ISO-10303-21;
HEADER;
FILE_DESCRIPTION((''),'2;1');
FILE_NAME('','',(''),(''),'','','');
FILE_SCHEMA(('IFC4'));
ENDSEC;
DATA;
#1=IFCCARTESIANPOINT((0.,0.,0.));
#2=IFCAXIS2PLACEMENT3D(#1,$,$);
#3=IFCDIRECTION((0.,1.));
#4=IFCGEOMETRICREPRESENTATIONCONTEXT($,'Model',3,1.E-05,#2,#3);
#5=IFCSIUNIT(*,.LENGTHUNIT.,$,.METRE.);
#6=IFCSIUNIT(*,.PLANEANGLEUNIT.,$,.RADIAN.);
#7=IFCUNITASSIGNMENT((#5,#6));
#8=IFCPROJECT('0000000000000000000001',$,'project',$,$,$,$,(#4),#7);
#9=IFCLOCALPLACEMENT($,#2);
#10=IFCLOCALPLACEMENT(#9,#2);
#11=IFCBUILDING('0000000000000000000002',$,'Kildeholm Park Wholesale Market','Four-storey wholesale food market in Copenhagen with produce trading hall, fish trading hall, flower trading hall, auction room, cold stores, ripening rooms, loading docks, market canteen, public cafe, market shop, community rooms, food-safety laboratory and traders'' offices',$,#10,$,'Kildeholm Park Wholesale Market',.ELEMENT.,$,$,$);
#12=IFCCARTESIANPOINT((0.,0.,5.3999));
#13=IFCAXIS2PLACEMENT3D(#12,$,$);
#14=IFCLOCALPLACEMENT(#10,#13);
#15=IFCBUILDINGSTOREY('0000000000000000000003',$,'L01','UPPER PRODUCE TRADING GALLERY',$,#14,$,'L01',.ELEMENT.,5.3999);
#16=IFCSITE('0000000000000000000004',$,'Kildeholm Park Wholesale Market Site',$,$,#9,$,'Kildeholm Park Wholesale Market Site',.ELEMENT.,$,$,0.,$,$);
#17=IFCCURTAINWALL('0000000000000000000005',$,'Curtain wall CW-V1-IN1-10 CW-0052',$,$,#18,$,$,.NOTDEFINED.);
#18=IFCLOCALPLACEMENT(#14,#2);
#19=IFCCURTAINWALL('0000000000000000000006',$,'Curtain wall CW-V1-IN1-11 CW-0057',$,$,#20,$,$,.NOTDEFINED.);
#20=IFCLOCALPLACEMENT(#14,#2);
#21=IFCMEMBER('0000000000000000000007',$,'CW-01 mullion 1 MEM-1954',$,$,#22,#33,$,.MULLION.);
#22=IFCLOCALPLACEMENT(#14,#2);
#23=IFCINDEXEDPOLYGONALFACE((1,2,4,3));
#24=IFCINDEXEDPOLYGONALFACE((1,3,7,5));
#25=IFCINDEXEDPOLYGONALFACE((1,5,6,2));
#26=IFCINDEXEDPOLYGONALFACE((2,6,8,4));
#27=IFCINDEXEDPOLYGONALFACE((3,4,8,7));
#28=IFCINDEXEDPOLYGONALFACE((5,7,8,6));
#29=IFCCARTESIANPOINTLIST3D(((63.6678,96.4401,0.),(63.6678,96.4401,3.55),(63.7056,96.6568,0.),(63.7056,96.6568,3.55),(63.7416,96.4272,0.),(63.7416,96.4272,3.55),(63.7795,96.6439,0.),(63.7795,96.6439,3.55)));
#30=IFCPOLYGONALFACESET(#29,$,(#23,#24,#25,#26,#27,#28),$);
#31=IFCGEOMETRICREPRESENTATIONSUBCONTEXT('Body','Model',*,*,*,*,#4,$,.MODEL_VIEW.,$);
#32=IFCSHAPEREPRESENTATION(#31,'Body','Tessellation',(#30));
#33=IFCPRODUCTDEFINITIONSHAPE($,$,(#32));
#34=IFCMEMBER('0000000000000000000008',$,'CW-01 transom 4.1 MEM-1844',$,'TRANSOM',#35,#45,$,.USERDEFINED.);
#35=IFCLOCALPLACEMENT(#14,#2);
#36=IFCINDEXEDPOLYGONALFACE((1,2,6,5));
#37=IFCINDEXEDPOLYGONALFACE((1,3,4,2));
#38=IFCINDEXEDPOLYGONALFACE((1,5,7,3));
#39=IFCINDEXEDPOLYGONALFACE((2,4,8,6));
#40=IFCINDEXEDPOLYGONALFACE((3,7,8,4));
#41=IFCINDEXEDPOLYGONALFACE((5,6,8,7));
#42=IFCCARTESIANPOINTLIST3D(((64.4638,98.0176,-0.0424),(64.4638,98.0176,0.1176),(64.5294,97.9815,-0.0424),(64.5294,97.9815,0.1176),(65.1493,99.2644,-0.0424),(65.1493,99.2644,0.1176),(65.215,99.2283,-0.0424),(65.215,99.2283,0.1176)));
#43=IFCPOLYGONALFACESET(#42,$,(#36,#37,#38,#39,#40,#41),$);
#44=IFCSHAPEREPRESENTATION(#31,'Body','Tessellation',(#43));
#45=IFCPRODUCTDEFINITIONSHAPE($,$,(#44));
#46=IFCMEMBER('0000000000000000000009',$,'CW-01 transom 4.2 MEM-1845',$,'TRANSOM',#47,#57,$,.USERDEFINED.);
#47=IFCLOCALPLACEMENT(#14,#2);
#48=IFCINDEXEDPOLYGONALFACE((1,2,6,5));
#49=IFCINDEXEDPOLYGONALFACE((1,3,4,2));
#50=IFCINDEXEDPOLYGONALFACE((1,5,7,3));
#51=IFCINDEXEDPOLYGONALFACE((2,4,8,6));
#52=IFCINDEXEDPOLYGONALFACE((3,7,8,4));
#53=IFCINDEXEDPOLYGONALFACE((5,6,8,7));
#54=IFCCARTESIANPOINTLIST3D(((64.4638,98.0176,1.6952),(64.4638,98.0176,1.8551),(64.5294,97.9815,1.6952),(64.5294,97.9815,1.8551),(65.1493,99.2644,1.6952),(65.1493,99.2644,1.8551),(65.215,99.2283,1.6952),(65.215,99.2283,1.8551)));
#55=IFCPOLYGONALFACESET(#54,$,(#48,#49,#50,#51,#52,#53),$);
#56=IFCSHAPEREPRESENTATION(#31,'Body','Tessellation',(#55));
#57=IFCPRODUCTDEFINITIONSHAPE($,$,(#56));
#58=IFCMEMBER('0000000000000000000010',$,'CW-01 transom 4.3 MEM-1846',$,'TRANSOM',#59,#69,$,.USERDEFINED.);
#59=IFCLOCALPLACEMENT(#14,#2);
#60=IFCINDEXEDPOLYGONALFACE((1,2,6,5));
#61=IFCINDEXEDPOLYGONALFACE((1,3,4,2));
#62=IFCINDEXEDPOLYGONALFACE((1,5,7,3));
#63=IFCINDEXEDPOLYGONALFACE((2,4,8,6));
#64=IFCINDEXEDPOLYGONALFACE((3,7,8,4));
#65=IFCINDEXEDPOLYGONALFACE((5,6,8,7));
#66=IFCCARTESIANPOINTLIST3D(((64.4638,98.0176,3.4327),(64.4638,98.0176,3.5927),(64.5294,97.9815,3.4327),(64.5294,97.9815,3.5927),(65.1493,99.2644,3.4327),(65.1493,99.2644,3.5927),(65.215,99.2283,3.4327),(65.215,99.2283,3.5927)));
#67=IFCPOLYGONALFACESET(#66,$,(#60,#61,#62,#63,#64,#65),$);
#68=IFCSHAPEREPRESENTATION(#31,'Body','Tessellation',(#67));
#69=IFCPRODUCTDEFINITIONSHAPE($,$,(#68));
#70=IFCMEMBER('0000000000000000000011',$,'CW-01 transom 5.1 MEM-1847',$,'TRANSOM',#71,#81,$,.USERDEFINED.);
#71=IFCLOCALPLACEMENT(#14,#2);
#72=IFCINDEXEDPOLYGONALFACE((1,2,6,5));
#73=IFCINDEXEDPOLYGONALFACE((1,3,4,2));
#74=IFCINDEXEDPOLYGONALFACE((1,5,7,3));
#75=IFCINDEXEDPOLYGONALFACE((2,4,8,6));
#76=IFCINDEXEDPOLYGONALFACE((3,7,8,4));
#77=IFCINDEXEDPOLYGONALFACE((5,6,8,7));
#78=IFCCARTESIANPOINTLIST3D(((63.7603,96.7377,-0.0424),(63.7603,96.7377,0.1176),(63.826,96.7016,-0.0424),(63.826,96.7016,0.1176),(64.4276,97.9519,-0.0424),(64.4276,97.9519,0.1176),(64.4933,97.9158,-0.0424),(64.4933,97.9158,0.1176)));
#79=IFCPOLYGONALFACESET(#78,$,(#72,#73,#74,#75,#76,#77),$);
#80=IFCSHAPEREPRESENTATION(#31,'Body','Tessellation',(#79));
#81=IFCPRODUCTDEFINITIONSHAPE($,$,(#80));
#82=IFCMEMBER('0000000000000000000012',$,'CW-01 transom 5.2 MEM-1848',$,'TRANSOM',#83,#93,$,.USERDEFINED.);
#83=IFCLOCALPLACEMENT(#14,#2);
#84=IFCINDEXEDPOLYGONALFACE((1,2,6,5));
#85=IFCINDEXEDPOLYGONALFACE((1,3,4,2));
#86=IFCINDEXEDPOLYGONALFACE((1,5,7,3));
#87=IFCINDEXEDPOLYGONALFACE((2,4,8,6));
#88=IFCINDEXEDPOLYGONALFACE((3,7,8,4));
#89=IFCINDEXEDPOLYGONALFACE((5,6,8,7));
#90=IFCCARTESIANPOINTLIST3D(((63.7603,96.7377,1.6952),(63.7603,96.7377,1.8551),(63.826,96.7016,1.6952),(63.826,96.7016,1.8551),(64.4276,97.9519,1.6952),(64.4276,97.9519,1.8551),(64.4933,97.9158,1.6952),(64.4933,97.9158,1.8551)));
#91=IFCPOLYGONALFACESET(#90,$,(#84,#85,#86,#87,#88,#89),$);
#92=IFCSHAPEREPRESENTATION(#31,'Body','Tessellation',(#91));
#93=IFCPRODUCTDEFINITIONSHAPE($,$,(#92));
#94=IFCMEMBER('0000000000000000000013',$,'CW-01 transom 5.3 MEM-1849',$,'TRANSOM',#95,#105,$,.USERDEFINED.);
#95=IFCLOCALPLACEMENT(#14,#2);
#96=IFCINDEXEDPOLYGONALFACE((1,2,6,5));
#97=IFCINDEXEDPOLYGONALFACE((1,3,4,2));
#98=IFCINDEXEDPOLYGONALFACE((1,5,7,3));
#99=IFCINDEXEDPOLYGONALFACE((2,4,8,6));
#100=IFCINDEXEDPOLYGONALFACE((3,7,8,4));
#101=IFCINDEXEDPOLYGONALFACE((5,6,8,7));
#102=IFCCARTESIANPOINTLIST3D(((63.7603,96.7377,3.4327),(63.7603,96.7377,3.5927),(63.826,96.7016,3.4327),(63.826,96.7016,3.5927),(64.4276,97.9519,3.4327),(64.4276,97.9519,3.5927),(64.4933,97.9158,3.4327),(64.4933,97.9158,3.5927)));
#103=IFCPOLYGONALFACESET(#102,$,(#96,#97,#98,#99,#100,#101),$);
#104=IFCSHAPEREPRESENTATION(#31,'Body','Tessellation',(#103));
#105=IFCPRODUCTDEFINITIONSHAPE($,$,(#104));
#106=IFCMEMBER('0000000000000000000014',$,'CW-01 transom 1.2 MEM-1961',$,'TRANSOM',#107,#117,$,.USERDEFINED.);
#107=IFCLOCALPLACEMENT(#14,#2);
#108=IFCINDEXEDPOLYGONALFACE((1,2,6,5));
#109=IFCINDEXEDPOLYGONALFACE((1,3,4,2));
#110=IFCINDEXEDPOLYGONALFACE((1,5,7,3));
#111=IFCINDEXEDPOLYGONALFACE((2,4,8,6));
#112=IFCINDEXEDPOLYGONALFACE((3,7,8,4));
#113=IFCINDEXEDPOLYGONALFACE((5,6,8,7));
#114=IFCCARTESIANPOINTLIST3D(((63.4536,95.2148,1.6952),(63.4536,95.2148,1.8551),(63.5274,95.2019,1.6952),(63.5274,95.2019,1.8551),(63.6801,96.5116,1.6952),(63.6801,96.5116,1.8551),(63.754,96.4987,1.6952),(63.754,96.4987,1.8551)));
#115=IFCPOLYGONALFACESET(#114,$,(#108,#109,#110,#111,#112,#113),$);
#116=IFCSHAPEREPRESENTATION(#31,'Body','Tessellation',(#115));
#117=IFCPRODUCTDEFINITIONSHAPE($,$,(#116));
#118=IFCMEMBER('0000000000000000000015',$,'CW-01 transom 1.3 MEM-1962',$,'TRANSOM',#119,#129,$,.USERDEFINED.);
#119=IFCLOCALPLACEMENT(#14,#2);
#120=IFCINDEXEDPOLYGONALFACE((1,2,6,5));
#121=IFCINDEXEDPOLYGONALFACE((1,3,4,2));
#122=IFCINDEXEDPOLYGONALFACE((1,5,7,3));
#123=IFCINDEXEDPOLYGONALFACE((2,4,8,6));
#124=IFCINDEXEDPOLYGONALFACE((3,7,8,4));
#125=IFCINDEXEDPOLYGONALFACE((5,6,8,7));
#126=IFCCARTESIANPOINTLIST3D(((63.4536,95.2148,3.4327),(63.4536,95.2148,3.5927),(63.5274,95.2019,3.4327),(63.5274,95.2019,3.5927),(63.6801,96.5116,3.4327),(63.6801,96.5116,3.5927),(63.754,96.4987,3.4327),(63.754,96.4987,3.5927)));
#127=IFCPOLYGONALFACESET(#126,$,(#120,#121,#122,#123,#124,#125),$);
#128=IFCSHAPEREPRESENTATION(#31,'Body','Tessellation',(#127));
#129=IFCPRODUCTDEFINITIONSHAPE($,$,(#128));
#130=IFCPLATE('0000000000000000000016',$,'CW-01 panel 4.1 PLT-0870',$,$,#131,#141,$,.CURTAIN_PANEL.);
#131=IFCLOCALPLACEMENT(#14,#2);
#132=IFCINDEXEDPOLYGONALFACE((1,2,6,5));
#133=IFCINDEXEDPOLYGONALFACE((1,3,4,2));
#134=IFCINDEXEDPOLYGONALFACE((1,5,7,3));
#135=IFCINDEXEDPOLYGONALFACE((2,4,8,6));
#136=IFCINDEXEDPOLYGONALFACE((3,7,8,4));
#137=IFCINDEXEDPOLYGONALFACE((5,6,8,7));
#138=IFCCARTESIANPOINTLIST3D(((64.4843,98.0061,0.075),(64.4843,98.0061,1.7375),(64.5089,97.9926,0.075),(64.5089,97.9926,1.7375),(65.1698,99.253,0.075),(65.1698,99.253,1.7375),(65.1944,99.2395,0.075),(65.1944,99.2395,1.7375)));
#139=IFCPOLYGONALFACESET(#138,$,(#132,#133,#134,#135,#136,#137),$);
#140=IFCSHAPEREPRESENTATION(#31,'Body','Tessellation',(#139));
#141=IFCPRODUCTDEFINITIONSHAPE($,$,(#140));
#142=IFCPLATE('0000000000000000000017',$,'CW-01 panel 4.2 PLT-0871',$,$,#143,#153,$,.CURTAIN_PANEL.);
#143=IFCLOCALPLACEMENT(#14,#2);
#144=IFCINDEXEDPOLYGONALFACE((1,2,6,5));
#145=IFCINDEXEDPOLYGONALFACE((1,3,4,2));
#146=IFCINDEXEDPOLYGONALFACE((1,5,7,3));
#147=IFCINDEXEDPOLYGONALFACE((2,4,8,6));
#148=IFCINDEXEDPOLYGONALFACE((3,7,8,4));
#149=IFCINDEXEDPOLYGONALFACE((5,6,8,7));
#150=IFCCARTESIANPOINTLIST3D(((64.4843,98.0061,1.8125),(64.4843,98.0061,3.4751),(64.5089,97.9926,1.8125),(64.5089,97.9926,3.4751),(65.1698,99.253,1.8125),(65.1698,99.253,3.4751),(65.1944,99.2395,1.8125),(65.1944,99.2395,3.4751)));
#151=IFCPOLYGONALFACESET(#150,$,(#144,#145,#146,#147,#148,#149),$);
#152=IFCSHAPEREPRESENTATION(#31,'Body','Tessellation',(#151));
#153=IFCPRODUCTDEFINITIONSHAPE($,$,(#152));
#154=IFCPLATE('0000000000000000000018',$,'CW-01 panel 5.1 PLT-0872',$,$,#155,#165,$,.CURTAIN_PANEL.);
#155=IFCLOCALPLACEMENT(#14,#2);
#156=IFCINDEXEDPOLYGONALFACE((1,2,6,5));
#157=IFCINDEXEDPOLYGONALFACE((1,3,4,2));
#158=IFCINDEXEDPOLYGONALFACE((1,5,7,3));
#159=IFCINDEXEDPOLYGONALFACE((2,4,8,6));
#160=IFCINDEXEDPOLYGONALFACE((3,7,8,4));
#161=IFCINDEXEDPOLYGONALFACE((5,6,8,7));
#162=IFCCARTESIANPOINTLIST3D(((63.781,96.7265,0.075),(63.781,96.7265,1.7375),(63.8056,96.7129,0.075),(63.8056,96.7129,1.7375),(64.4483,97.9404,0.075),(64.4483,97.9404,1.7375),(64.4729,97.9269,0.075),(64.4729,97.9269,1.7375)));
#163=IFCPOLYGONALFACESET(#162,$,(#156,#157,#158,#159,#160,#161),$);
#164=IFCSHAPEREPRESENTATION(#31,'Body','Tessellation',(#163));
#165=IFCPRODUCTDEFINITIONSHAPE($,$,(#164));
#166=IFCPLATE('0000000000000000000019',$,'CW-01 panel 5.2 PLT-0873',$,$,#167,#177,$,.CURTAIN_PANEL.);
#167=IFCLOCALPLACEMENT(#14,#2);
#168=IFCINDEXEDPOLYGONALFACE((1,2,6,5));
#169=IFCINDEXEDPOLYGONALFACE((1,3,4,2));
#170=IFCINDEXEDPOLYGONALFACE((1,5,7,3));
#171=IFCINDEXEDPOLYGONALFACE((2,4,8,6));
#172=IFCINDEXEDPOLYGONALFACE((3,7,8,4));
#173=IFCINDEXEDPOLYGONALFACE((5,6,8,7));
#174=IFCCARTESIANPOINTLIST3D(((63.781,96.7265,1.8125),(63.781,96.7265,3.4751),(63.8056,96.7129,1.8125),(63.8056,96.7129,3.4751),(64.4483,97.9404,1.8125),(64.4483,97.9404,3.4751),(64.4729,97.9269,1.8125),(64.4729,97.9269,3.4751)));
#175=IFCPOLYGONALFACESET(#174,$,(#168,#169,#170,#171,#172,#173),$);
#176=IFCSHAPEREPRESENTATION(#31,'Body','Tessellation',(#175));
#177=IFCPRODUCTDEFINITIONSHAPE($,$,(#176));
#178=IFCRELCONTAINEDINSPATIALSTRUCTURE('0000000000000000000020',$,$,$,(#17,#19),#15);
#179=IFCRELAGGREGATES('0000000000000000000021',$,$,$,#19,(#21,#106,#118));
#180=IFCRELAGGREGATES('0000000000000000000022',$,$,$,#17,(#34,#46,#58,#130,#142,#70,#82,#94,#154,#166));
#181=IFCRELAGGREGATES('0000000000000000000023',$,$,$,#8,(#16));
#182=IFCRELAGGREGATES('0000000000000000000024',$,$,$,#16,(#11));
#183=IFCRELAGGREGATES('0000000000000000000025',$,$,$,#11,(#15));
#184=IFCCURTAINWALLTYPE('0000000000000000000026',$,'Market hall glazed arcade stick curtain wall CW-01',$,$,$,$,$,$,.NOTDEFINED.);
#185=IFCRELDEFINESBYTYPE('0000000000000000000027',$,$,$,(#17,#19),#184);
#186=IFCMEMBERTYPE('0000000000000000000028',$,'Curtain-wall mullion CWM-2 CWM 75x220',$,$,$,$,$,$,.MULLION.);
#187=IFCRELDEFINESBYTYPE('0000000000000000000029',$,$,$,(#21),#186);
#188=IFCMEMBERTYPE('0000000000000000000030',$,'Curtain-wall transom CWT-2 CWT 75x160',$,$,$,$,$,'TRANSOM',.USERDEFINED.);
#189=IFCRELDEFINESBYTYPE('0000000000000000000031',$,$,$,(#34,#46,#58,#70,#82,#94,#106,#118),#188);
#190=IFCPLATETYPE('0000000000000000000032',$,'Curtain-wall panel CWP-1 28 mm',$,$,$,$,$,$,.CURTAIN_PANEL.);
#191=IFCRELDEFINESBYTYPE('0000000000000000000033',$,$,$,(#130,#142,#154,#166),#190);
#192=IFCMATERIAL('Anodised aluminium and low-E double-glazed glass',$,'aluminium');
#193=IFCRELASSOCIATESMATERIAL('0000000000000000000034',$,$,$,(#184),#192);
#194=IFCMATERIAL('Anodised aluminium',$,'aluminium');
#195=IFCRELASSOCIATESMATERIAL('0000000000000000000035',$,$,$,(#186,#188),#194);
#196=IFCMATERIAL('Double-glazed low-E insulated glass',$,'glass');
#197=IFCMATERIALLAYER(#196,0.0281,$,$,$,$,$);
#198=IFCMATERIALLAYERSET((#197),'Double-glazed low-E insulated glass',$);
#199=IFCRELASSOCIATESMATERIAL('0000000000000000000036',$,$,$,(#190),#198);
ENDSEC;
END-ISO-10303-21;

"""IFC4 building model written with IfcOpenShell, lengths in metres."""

from ifc_helpers import new_model, si_unit, direction, frame, origin, origin_2d, place, context, subcontext, project, spatial, rectangle, extrude, material, layer, layer_set, material_profile, profile_set, type_object, element, aggregate, save


model = new_model("IFC4")

# Units and contexts
model_context = context("Model", 3, precision=1e-05, world=origin(), true_north=direction((0.0, 1.0)))
body_context = subcontext(model_context, "Body", "Model", "MODEL_VIEW")
ifc_project = project(units=[si_unit("LENGTHUNIT", "METRE"), si_unit("PLANEANGLEUNIT", "RADIAN")], contexts=[model_context])

# Site, building, storey
site_placement = place(None, origin())
site = spatial("IfcSite", under=ifc_project, at=site_placement, Name="Kildeholm Park Wholesale Market Site", LongName="Kildeholm Park Wholesale Market Site", CompositionType="ELEMENT", RefElevation=0.0)
building_placement = place(site_placement, origin())
building = spatial("IfcBuilding", under=site, at=building_placement, Name="Kildeholm Park Wholesale Market", Description="Four-storey wholesale food market in Copenhagen with produce trading hall, fish trading hall, flower trading hall, auction room, cold stores, ripening rooms, loading docks, market canteen, public cafe, market shop, community rooms, food-safety laboratory and traders' offices", LongName="Kildeholm Park Wholesale Market", CompositionType="ELEMENT")
storey_placement = place(building_placement, frame((0.0, 0.0, 5.3999)))
storey = spatial("IfcBuildingStorey", under=building, at=storey_placement, Name="L01", Description="UPPER PRODUCE TRADING GALLERY", LongName="L01", CompositionType="ELEMENT", Elevation=5.3999)

# Curtain wall
ifc_material_1 = material(Name="Anodised aluminium and low-E double-glazed glass", Category="aluminium")
curtain_wall_type = type_object("IfcCurtainWallType", Name="Market hall glazed arcade stick curtain wall CW-01", PredefinedType="NOTDEFINED", material=ifc_material_1)
curtain_wall_1_placement = place(storey_placement, origin())
curtain_wall_1 = element("IfcCurtainWall", 1, at=curtain_wall_1_placement, inside=storey, type_object=curtain_wall_type, Name="Curtain wall CW-V1-IN1-10 CW-0052", PredefinedType="NOTDEFINED")
ifc_material_2 = material(Name="Anodised aluminium", Category="aluminium")
ifc_material_profile_1 = material_profile(ifc_material_2, rectangle(XDim=0.075, YDim=0.22, at=origin_2d()), Name="CWM 75x220")
ifc_profile_set_1 = profile_set([ifc_material_profile_1], Name="Anodised aluminium")
member_type_1 = type_object("IfcMemberType", Name="Curtain-wall mullion CWM-2 CWM 75x220", PredefinedType="MULLION", material=ifc_profile_set_1)

# Curtain wall, member
curtain_wall_2_placement = place(storey_placement, origin())
curtain_wall_2 = element("IfcCurtainWall", 2, at=curtain_wall_2_placement, inside=storey, type_object=curtain_wall_type, Name="Curtain wall CW-V1-IN1-11 CW-0057", PredefinedType="NOTDEFINED")
member_1_placement = place(storey_placement, frame((63.7236, 96.542, 0.0), z_axis=(0.0, 0.0, 1.0), x_axis=(0.985074, -0.172133, 0.0)))
member_1 = element("IfcMember", 3, at=member_1_placement, type_object=member_type_1, Name="CW-01 mullion 1 MEM-1954", PredefinedType="MULLION", context=body_context, shape_type="SweptSolid", body=[
    extrude(rectangle(XDim=0.075, YDim=0.22, at=origin_2d()), origin(), (0.0, 0.0, 1.0), 3.55),
])

# Members
ifc_material_profile_2 = material_profile(ifc_material_2, rectangle(XDim=0.075, YDim=0.1599, at=origin_2d()), Name="CWT 75x160")
ifc_profile_set_2 = profile_set([ifc_material_profile_2], Name="Anodised aluminium")
member_type_2 = type_object("IfcMemberType", Name="Curtain-wall transom CWT-2 CWT 75x160", ElementType="TRANSOM", PredefinedType="USERDEFINED", material=ifc_profile_set_2)
member_2_placement = place(storey_placement, frame((65.1821, 99.2463, 0.0376), z_axis=(-0.481807, -0.876277, 0.0), x_axis=(0.876277, -0.481807, 0.0)))
member_2 = element("IfcMember", 4, at=member_2_placement, type_object=member_type_2, Name="CW-01 transom 4.1 MEM-1844", ObjectType="TRANSOM", PredefinedType="USERDEFINED", context=body_context, shape_type="SweptSolid", body=[
    extrude(rectangle(XDim=0.075, YDim=0.1599, at=origin_2d()), origin(), (0.0, 0.0, 1.0), 1.4229),
])
member_3_placement = place(storey_placement, frame((65.1821, 99.2463, 1.7751), z_axis=(-0.481807, -0.876277, 0.0), x_axis=(0.876277, -0.481807, 0.0)))
member_3 = element("IfcMember", 5, at=member_3_placement, type_object=member_type_2, Name="CW-01 transom 4.2 MEM-1845", ObjectType="TRANSOM", PredefinedType="USERDEFINED", context=body_context, shape_type="SweptSolid", body=[
    extrude(rectangle(XDim=0.075, YDim=0.1599, at=origin_2d()), origin(), (0.0, 0.0, 1.0), 1.4229),
])
member_4_placement = place(storey_placement, frame((65.1821, 99.2463, 3.5127), z_axis=(-0.481807, -0.876277, 0.0), x_axis=(0.876277, -0.481807, 0.0)))
member_4 = element("IfcMember", 6, at=member_4_placement, type_object=member_type_2, Name="CW-01 transom 4.3 MEM-1846", ObjectType="TRANSOM", PredefinedType="USERDEFINED", context=body_context, shape_type="SweptSolid", body=[
    extrude(rectangle(XDim=0.075, YDim=0.1599, at=origin_2d()), origin(), (0.0, 0.0, 1.0), 1.4229),
])
member_5_placement = place(storey_placement, frame((64.4604, 97.9338, 0.0376), z_axis=(-0.481628, -0.876376, 0.0), x_axis=(0.876376, -0.481628, 0.0)))
member_5 = element("IfcMember", 7, at=member_5_placement, type_object=member_type_2, Name="CW-01 transom 5.1 MEM-1847", ObjectType="TRANSOM", PredefinedType="USERDEFINED", context=body_context, shape_type="SweptSolid", body=[
    extrude(rectangle(XDim=0.075, YDim=0.1599, at=origin_2d()), origin(), (0.0, 0.0, 1.0), 1.3855),
])
member_6_placement = place(storey_placement, frame((64.4604, 97.9338, 1.7751), z_axis=(-0.481628, -0.876376, 0.0), x_axis=(0.876376, -0.481628, 0.0)))
member_6 = element("IfcMember", 8, at=member_6_placement, type_object=member_type_2, Name="CW-01 transom 5.2 MEM-1848", ObjectType="TRANSOM", PredefinedType="USERDEFINED", context=body_context, shape_type="SweptSolid", body=[
    extrude(rectangle(XDim=0.075, YDim=0.1599, at=origin_2d()), origin(), (0.0, 0.0, 1.0), 1.3855),
])
member_7_placement = place(storey_placement, frame((64.4604, 97.9338, 3.5127), z_axis=(-0.481628, -0.876376, 0.0), x_axis=(0.876376, -0.481628, 0.0)))
member_7 = element("IfcMember", 9, at=member_7_placement, type_object=member_type_2, Name="CW-01 transom 5.3 MEM-1849", ObjectType="TRANSOM", PredefinedType="USERDEFINED", context=body_context, shape_type="SweptSolid", body=[
    extrude(rectangle(XDim=0.075, YDim=0.1599, at=origin_2d()), origin(), (0.0, 0.0, 1.0), 1.3855),
])
member_8_placement = place(storey_placement, frame((63.717, 96.5051, 1.7751), z_axis=(-0.172092, -0.985081, 0.0), x_axis=(0.985081, -0.172092, 0.0)))
member_8 = element("IfcMember", 10, at=member_8_placement, type_object=member_type_2, Name="CW-01 transom 1.2 MEM-1961", ObjectType="TRANSOM", PredefinedType="USERDEFINED", context=body_context, shape_type="SweptSolid", body=[
    extrude(rectangle(XDim=0.075, YDim=0.1599, at=origin_2d()), origin(), (0.0, 0.0, 1.0), 1.3164),
])
member_9_placement = place(storey_placement, frame((63.717, 96.5051, 3.5127), z_axis=(-0.172092, -0.985081, 0.0), x_axis=(0.985081, -0.172092, 0.0)))
member_9 = element("IfcMember", 11, at=member_9_placement, type_object=member_type_2, Name="CW-01 transom 1.3 MEM-1962", ObjectType="TRANSOM", PredefinedType="USERDEFINED", context=body_context, shape_type="SweptSolid", body=[
    extrude(rectangle(XDim=0.075, YDim=0.1599, at=origin_2d()), origin(), (0.0, 0.0, 1.0), 1.3164),
])
aggregate(curtain_wall_2, [member_1, member_8, member_9])

# Plates
ifc_material_3 = material(Name="Double-glazed low-E insulated glass", Category="glass")
ifc_layer = layer(ifc_material_3, 0.0281)
ifc_layer_set = layer_set([ifc_layer], Name="Double-glazed low-E insulated glass")
plate_type = type_object("IfcPlateType", Name="Curtain-wall panel CWP-1 28 mm", PredefinedType="CURTAIN_PANEL", material=ifc_layer_set)
plate_1_placement = place(storey_placement, frame((64.8394, 98.6228, 0.075), z_axis=(0.0, 0.0, 1.0), x_axis=(-0.48175, -0.876309, 0.0)))
plate_1 = element("IfcPlate", 12, at=plate_1_placement, type_object=plate_type, Name="CW-01 panel 4.1 PLT-0870", PredefinedType="CURTAIN_PANEL", context=body_context, shape_type="SweptSolid", body=[
    extrude(rectangle(XDim=1.4229, YDim=0.0281, at=origin_2d()), origin(), (0.0, 0.0, 1.0), 1.6626),
])
plate_2_placement = place(storey_placement, frame((64.8394, 98.6228, 1.8125), z_axis=(0.0, 0.0, 1.0), x_axis=(-0.48175, -0.876309, 0.0)))
plate_2 = element("IfcPlate", 13, at=plate_2_placement, type_object=plate_type, Name="CW-01 panel 4.2 PLT-0871", PredefinedType="CURTAIN_PANEL", context=body_context, shape_type="SweptSolid", body=[
    extrude(rectangle(XDim=1.4229, YDim=0.0281, at=origin_2d()), origin(), (0.0, 0.0, 1.0), 1.6626),
])
plate_3_placement = place(storey_placement, frame((64.127, 97.3267, 0.075), z_axis=(0.0, 0.0, 1.0), x_axis=(-0.48175, -0.876309, 0.0)))
plate_3 = element("IfcPlate", 14, at=plate_3_placement, type_object=plate_type, Name="CW-01 panel 5.1 PLT-0872", PredefinedType="CURTAIN_PANEL", context=body_context, shape_type="SweptSolid", body=[
    extrude(rectangle(XDim=1.3853, YDim=0.0281, at=origin_2d()), origin(), (0.0, 0.0, 1.0), 1.6626),
])
plate_4_placement = place(storey_placement, frame((64.127, 97.3267, 1.8125), z_axis=(0.0, 0.0, 1.0), x_axis=(-0.48175, -0.876309, 0.0)))
plate_4 = element("IfcPlate", 15, at=plate_4_placement, type_object=plate_type, Name="CW-01 panel 5.2 PLT-0873", PredefinedType="CURTAIN_PANEL", context=body_context, shape_type="SweptSolid", body=[
    extrude(rectangle(XDim=1.3853, YDim=0.0281, at=origin_2d()), origin(), (0.0, 0.0, 1.0), 1.6626),
])
aggregate(curtain_wall_1, [member_2, member_3, member_4, plate_1, plate_2, member_5, member_6, member_7, plate_3, plate_4])

save(model, "model.ifc")
